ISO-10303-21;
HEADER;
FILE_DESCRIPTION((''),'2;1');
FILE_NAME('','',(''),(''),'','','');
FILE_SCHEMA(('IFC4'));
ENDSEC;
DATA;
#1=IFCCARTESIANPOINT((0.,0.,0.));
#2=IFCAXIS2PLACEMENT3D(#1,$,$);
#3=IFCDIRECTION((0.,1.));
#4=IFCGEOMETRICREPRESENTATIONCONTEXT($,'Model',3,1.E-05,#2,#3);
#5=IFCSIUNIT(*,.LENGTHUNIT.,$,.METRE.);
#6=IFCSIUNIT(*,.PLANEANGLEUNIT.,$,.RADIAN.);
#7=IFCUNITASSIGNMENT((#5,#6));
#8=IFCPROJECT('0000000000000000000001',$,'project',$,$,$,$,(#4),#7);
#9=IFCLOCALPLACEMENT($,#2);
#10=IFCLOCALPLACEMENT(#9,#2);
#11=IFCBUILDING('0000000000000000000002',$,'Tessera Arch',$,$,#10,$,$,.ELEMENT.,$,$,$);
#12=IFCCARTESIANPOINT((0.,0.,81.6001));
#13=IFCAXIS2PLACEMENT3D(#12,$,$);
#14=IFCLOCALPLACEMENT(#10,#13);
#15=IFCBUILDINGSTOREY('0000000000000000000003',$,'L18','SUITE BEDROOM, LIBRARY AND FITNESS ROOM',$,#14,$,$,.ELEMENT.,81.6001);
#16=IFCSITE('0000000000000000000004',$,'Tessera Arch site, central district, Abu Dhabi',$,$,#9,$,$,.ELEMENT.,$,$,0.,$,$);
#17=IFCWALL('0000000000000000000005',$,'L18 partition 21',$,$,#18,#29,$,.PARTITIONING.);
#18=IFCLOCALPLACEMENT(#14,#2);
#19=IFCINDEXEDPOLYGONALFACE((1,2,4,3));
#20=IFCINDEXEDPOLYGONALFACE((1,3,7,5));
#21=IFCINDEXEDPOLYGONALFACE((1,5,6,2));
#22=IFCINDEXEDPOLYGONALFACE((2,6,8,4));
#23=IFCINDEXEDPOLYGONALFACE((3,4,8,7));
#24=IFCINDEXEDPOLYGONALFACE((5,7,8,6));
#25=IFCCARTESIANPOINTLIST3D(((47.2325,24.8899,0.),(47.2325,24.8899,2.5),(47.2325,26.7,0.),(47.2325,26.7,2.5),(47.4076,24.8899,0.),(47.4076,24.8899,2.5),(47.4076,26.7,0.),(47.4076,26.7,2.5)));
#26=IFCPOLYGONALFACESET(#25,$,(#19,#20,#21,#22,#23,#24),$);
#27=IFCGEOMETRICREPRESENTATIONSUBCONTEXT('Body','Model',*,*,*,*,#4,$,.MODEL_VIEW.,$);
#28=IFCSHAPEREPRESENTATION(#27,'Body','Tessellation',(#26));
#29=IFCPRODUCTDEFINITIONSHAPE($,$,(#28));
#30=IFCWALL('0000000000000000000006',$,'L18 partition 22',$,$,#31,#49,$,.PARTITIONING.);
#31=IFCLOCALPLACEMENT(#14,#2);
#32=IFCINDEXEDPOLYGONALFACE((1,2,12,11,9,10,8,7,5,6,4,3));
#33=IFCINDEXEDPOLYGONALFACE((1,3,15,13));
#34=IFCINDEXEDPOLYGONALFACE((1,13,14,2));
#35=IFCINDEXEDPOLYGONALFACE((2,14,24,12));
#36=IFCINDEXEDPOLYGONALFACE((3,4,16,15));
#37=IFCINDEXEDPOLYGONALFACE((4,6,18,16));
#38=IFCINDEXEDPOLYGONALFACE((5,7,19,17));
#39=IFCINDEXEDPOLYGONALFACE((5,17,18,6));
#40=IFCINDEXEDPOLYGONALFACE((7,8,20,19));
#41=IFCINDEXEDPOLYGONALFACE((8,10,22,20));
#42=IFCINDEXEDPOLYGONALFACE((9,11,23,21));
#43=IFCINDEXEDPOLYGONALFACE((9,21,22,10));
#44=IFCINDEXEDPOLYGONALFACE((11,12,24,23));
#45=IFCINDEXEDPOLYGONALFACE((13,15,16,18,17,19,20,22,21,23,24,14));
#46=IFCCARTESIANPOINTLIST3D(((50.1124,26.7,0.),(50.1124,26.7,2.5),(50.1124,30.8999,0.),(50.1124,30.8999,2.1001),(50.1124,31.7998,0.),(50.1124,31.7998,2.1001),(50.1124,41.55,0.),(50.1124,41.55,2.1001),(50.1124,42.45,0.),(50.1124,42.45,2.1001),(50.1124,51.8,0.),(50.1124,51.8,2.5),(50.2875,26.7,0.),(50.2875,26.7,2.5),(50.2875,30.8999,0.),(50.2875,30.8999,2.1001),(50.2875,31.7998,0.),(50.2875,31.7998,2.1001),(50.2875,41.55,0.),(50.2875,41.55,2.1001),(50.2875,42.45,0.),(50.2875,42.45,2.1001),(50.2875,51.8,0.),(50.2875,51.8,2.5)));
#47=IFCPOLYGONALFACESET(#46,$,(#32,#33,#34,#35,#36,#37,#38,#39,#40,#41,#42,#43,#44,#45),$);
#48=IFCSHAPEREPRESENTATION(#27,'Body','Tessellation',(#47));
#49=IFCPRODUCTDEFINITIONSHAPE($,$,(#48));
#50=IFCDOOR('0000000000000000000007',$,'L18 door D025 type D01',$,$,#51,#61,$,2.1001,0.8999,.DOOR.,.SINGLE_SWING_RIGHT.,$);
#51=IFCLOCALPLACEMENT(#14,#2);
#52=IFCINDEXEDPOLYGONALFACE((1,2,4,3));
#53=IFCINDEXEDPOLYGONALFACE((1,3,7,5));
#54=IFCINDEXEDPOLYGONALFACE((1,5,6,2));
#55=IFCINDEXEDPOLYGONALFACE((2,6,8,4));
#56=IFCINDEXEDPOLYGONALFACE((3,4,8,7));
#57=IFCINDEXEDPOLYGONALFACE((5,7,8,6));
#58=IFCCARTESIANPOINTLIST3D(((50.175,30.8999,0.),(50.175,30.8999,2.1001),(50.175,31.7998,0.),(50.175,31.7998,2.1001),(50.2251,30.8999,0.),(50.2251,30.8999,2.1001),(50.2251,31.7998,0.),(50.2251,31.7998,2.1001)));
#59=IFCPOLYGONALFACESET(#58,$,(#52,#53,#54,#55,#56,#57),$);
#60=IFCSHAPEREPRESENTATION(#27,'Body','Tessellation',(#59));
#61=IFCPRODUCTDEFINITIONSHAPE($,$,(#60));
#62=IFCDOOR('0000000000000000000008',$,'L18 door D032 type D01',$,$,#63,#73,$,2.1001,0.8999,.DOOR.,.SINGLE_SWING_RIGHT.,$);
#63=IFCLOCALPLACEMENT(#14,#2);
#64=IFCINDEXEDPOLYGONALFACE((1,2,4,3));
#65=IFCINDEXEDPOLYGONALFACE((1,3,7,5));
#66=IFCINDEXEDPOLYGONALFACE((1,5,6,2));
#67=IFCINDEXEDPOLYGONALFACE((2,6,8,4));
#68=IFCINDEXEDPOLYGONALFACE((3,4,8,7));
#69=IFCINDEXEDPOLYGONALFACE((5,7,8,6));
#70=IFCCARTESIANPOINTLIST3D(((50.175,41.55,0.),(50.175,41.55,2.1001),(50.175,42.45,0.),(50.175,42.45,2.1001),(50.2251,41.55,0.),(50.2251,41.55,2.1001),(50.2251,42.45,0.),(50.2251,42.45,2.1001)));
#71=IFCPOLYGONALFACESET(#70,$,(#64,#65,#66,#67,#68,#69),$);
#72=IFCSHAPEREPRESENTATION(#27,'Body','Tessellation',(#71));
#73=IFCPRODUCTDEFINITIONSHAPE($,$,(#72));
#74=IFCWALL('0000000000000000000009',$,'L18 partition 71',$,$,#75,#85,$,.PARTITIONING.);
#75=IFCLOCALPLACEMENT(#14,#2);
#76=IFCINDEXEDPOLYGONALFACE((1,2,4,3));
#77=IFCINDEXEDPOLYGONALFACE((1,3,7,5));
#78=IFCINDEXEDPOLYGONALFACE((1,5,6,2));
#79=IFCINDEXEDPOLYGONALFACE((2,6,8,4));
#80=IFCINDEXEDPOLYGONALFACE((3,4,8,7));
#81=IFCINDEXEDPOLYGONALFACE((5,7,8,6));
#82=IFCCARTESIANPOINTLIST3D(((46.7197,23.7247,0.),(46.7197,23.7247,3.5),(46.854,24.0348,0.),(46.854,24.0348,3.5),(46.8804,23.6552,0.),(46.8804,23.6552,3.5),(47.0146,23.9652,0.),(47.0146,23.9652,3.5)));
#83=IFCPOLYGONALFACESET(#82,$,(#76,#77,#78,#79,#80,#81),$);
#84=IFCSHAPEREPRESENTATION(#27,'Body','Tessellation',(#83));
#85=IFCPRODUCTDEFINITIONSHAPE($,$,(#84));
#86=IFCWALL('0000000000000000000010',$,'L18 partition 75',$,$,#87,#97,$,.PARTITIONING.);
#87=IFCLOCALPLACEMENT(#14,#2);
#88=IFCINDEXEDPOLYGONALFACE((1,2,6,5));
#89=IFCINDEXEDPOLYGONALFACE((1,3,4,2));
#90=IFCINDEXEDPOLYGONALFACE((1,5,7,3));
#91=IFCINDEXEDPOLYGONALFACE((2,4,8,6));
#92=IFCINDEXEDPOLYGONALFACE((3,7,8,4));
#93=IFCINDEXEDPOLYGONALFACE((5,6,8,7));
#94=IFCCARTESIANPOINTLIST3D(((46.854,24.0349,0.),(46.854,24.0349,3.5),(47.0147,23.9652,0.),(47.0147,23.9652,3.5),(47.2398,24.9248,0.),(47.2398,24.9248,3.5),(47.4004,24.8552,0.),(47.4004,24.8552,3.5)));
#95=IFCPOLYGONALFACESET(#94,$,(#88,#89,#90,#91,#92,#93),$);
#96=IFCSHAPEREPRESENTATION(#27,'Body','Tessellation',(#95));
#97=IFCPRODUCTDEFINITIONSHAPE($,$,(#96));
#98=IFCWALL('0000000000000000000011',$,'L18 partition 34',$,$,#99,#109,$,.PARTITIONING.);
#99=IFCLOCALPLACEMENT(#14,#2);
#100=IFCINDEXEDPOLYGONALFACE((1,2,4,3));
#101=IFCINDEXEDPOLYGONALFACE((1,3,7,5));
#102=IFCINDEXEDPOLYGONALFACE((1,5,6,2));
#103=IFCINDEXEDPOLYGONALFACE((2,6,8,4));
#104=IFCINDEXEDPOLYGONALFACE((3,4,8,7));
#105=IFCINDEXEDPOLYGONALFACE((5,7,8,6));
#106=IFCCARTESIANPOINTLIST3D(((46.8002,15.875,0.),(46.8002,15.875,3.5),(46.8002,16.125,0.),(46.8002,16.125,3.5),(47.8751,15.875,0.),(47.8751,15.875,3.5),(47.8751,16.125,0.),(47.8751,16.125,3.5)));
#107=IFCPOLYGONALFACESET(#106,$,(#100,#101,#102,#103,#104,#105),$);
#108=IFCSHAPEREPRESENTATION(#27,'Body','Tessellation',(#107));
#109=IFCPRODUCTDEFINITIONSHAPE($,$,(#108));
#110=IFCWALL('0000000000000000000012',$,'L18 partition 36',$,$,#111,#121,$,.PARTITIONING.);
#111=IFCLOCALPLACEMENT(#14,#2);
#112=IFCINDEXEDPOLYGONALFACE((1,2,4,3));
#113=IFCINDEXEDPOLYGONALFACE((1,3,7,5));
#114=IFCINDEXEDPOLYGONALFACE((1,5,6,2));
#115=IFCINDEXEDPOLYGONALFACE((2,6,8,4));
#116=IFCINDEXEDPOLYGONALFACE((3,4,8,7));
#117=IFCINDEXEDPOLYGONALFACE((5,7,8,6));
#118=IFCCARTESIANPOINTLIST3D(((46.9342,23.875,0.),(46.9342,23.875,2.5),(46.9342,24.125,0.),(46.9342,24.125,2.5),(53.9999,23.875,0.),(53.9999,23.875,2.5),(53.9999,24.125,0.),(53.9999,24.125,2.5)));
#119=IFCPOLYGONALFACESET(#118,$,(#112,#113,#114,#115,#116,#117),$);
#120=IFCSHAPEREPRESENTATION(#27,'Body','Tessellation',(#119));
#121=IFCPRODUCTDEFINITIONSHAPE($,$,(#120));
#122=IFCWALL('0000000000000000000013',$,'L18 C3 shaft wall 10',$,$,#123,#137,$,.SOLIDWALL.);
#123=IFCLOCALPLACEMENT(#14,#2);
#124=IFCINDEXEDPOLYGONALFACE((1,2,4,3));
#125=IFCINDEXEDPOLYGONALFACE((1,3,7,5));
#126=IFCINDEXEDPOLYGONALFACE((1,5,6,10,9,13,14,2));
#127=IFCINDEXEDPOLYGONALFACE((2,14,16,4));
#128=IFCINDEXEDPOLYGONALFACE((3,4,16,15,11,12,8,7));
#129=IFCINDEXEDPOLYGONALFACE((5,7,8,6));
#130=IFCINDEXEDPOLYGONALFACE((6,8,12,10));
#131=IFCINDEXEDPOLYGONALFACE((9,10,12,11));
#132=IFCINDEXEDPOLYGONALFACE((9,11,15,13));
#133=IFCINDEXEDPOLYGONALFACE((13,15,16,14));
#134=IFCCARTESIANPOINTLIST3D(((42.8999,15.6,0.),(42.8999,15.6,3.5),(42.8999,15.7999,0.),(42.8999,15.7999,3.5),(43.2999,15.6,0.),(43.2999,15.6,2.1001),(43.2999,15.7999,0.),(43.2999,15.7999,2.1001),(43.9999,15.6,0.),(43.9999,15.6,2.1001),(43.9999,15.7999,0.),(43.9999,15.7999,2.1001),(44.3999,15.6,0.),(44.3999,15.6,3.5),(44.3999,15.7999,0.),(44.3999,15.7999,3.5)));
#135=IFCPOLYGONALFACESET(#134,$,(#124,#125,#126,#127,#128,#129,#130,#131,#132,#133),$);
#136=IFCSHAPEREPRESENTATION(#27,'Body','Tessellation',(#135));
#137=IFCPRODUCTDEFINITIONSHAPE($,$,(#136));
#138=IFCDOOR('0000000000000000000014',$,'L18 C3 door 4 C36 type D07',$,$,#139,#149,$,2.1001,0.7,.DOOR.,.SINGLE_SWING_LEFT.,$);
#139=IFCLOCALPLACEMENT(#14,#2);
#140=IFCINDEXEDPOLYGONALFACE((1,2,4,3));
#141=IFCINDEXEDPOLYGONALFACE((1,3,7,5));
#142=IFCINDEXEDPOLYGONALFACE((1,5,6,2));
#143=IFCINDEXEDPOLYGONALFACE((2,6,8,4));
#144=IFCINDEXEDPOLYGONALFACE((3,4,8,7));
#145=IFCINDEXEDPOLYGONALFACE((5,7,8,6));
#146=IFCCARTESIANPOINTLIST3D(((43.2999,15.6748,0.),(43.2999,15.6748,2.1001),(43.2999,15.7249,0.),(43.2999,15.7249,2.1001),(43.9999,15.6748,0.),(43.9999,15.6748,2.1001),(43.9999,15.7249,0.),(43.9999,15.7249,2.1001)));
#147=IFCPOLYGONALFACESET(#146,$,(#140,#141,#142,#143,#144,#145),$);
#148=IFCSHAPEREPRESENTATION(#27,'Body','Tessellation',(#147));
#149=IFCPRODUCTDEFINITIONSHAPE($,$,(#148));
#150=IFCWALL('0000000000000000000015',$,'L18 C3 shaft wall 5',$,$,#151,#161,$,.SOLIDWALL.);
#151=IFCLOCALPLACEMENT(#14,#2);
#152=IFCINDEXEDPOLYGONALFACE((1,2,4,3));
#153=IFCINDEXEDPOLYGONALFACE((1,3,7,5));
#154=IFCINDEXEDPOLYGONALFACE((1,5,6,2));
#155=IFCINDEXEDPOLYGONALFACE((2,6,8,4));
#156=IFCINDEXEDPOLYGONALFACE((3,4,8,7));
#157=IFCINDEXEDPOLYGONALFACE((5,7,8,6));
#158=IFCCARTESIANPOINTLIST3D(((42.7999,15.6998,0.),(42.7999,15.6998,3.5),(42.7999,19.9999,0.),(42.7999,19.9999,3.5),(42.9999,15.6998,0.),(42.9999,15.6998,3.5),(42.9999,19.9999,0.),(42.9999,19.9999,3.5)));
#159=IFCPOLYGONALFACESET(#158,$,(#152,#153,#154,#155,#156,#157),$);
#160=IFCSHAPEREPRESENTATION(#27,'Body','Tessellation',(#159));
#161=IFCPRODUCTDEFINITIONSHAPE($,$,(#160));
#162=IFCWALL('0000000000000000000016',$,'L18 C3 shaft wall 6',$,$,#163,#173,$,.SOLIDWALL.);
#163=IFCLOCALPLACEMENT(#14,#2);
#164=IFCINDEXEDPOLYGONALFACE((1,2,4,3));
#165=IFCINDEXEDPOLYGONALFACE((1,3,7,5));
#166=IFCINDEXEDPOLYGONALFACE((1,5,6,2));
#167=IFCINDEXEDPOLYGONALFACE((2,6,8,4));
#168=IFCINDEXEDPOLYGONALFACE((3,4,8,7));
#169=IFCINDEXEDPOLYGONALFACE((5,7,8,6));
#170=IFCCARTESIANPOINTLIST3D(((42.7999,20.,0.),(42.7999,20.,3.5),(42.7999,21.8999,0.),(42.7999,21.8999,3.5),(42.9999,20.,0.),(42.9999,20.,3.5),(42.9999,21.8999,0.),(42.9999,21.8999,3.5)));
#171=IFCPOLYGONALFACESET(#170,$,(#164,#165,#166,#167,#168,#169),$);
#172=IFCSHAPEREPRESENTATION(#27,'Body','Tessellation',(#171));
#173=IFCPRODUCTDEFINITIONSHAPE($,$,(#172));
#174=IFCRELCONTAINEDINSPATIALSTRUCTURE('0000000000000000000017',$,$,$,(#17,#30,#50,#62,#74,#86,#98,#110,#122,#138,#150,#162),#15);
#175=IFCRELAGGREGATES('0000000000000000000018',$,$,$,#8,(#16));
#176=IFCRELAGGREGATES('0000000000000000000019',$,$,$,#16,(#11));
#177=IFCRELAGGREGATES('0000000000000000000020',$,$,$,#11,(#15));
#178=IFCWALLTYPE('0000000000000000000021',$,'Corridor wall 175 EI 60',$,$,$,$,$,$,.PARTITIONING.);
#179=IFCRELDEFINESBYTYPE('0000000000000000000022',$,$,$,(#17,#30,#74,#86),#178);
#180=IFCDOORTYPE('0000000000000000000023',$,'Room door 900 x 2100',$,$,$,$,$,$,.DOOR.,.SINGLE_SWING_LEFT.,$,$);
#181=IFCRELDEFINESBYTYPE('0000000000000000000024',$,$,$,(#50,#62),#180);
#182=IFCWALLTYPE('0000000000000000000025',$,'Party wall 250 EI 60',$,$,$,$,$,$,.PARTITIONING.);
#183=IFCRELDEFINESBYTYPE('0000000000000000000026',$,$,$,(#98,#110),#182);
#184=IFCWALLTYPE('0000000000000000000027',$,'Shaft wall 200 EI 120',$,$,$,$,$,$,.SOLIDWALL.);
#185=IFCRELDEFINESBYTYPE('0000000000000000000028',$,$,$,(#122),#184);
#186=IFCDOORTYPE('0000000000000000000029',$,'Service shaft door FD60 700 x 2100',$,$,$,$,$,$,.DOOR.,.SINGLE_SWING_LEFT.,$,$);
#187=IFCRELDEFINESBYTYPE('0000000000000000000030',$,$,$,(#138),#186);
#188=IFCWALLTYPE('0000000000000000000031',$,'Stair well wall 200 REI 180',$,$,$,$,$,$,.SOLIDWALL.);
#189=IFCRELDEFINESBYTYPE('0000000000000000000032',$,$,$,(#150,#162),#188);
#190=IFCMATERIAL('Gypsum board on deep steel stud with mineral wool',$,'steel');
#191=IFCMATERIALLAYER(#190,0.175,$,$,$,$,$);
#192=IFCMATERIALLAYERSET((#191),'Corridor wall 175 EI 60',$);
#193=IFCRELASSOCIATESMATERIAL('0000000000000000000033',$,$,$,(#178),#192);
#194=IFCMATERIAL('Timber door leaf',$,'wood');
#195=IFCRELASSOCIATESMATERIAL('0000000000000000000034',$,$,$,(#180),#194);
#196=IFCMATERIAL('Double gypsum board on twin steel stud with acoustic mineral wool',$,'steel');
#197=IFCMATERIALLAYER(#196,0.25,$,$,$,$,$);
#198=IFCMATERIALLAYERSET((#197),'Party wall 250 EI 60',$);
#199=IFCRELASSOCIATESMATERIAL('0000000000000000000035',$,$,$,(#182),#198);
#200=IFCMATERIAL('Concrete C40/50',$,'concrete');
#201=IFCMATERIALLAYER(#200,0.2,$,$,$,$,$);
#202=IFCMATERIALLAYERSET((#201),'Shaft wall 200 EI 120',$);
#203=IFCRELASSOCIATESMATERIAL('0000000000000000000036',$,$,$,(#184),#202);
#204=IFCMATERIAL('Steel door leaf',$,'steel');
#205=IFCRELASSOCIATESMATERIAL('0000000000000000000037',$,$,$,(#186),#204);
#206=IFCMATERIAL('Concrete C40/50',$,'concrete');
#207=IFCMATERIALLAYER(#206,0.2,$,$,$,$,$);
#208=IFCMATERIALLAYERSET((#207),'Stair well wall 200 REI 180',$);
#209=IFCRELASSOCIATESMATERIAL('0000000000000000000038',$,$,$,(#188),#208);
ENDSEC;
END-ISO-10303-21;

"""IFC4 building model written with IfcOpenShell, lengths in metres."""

from ifc_helpers import new_model, si_unit, direction, frame, frame_2d, origin, place, context, subcontext, project, spatial, rectangle, extrude, material, layer, layer_set, type_object, element, fill, save


model = new_model("IFC4")

# Units and contexts
model_context = context("Model", 3, precision=1e-05, world=origin(), true_north=direction((0.0, 1.0)))
body_context = subcontext(model_context, "Body", "Model", "MODEL_VIEW")
ifc_project = project(units=[si_unit("LENGTHUNIT", "METRE"), si_unit("PLANEANGLEUNIT", "RADIAN")], contexts=[model_context])

# Site, building, storey
site_placement = place(None, origin())
site = spatial("IfcSite", under=ifc_project, at=site_placement, Name="Tessera Arch site, central district, Abu Dhabi", CompositionType="ELEMENT", RefElevation=0.0)
building_placement = place(site_placement, origin())
building = spatial("IfcBuilding", under=site, at=building_placement, Name="Tessera Arch", CompositionType="ELEMENT")
storey_placement = place(building_placement, frame((0.0, 0.0, 81.6001)))
storey = spatial("IfcBuildingStorey", under=building, at=storey_placement, Name="L18", Description="SUITE BEDROOM, LIBRARY AND FITNESS ROOM", CompositionType="ELEMENT", Elevation=81.6001)

# Wall
ifc_material_1 = material(Name="Gypsum board on deep steel stud with mineral wool", Category="steel")
ifc_layer_1 = layer(ifc_material_1, 0.175)
ifc_layer_set_1 = layer_set([ifc_layer_1], Name="Corridor wall 175 EI 60")
wall_type_1 = type_object("IfcWallType", Name="Corridor wall 175 EI 60", PredefinedType="PARTITIONING", material=ifc_layer_set_1)
wall_1_placement = place(storey_placement, frame((47.3201, 24.8899, 0.0), z_axis=(0.0, 0.0, 1.0), x_axis=(0.0, 1.0, 0.0)))
element("IfcWall", 1, at=wall_1_placement, inside=storey, type_object=wall_type_1, Name="L18 partition 21", PredefinedType="PARTITIONING", context=body_context, shape_type="SweptSolid", body=[
    extrude(rectangle(XDim=1.8101, YDim=0.175, at=frame_2d((0.905, 0.0))), origin(), (0.0, 0.0, 1.0), 2.5),
])

# Wall, openings, doors
wall_2_placement = place(storey_placement, frame((50.2, 26.7, 0.0), z_axis=(0.0, 0.0, 1.0), x_axis=(0.0, 1.0, 0.0)))
wall_2 = element("IfcWall", 2, at=wall_2_placement, inside=storey, type_object=wall_type_1, Name="L18 partition 22", PredefinedType="PARTITIONING", context=body_context, shape_type="SweptSolid", body=[
    extrude(rectangle(XDim=25.1001, YDim=0.175, at=frame_2d((12.55, 0.0))), origin(), (0.0, 0.0, 1.0), 2.5),
])
opening_1_placement = place(wall_2_placement, frame((4.2, 0.0, 0.0)))
opening_1 = element("IfcOpeningElement", 3, at=opening_1_placement, cuts=wall_2, PredefinedType="OPENING", context=body_context, shape_type="SweptSolid", body=[
    extrude(rectangle(XDim=0.8999, YDim=2.1001, at=frame_2d((0.45, 1.05))), frame((0.0, 0.0974, 0.0), z_axis=(0.0, -1.0, 0.0), x_axis=(1.0, 0.0, 0.0)), (0.0, 0.0, 1.0), 0.1951),
])
opening_2_placement = place(wall_2_placement, frame((14.8501, 0.0, 0.0)))
opening_2 = element("IfcOpeningElement", 4, at=opening_2_placement, cuts=wall_2, PredefinedType="OPENING", context=body_context, shape_type="SweptSolid", body=[
    extrude(rectangle(XDim=0.8999, YDim=2.1001, at=frame_2d((0.45, 1.05))), frame((0.0, 0.0974, 0.0), z_axis=(0.0, -1.0, 0.0), x_axis=(1.0, 0.0, 0.0)), (0.0, 0.0, 1.0), 0.1951),
])
ifc_material_2 = material(Name="Timber door leaf", Category="wood")
door_type_1 = type_object("IfcDoorType", Name="Room door 900 x 2100", OperationType="SINGLE_SWING_LEFT", PredefinedType="DOOR", material=ifc_material_2)
door_1_placement = place(opening_1_placement, origin())
door_1 = element("IfcDoor", 5, at=door_1_placement, inside=storey, type_object=door_type_1, Name="L18 door D025 type D01", OperationType="SINGLE_SWING_RIGHT", OverallHeight=2.1001, OverallWidth=0.8999, PredefinedType="DOOR", context=body_context, shape_type="SweptSolid", body=[
    extrude(rectangle(XDim=0.8999, YDim=2.1001, at=frame_2d((0.45, 1.05))), frame((0.0, 0.0249, 0.0), z_axis=(0.0, -1.0, 0.0), x_axis=(1.0, 0.0, 0.0)), (0.0, 0.0, 1.0), 0.05),
])
fill(opening_1, door_1)
door_2_placement = place(opening_2_placement, origin())
door_2 = element("IfcDoor", 6, at=door_2_placement, inside=storey, type_object=door_type_1, Name="L18 door D032 type D01", OperationType="SINGLE_SWING_RIGHT", OverallHeight=2.1001, OverallWidth=0.8999, PredefinedType="DOOR", context=body_context, shape_type="SweptSolid", body=[
    extrude(rectangle(XDim=0.8999, YDim=2.1001, at=frame_2d((0.45, 1.05))), frame((0.0, 0.0249, 0.0), z_axis=(0.0, -1.0, 0.0), x_axis=(1.0, 0.0, 0.0)), (0.0, 0.0, 1.0), 0.05),
])
fill(opening_2, door_2)

# Walls
wall_3_placement = place(storey_placement, frame((46.9343, 24.0, 0.0), z_axis=(0.0, 0.0, 1.0), x_axis=(-0.397405, -0.917643, 0.0)))
element("IfcWall", 7, at=wall_3_placement, inside=storey, type_object=wall_type_1, Name="L18 partition 71", PredefinedType="PARTITIONING", context=body_context, shape_type="SweptSolid", body=[
    extrude(rectangle(XDim=0.3379, YDim=0.175, at=frame_2d((0.1689, 0.0))), origin(), (0.0, 0.0, 1.0), 3.5),
])
wall_4_placement = place(storey_placement, frame((47.3201, 24.8899, 0.0), z_axis=(0.0, 0.0, 1.0), x_axis=(-0.397713, -0.91751, 0.0)))
element("IfcWall", 8, at=wall_4_placement, inside=storey, type_object=wall_type_1, Name="L18 partition 75", PredefinedType="PARTITIONING", context=body_context, shape_type="SweptSolid", body=[
    extrude(rectangle(XDim=0.97, YDim=0.175, at=frame_2d((0.4849, 0.0))), origin(), (0.0, 0.0, 1.0), 3.5),
])
ifc_material_3 = material(Name="Double gypsum board on twin steel stud with acoustic mineral wool", Category="steel")
ifc_layer_2 = layer(ifc_material_3, 0.25)
ifc_layer_set_2 = layer_set([ifc_layer_2], Name="Party wall 250 EI 60")
wall_type_2 = type_object("IfcWallType", Name="Party wall 250 EI 60", PredefinedType="PARTITIONING", material=ifc_layer_set_2)
wall_5_placement = place(storey_placement, frame((46.8, 16.0, 0.0), z_axis=(0.0, 0.0, 1.0), x_axis=(1.0, 0.0, 0.0)))
element("IfcWall", 9, at=wall_5_placement, inside=storey, type_object=wall_type_2, Name="L18 partition 34", PredefinedType="PARTITIONING", context=body_context, shape_type="SweptSolid", body=[
    extrude(rectangle(XDim=1.075, YDim=0.25, at=frame_2d((0.5376, 0.0))), origin(), (0.0, 0.0, 1.0), 3.5),
])
wall_6_placement = place(storey_placement, frame((46.9343, 24.0, 0.0), z_axis=(0.0, 0.0, 1.0), x_axis=(1.0, 0.0, 0.0)))
element("IfcWall", 10, at=wall_6_placement, inside=storey, type_object=wall_type_2, Name="L18 partition 36", PredefinedType="PARTITIONING", context=body_context, shape_type="SweptSolid", body=[
    extrude(rectangle(XDim=7.0657, YDim=0.25, at=frame_2d((3.5327, 0.0))), origin(), (0.0, 0.0, 1.0), 2.5),
])

# Wall, opening, door
ifc_material_4 = material(Name="Concrete C40/50", Category="concrete")
ifc_layer_3 = layer(ifc_material_4, 0.2)
ifc_layer_set_3 = layer_set([ifc_layer_3], Name="Shaft wall 200 EI 120")
wall_type_3 = type_object("IfcWallType", Name="Shaft wall 200 EI 120", PredefinedType="SOLIDWALL", material=ifc_layer_set_3)
wall_7_placement = place(storey_placement, frame((42.8999, 15.7, 0.0), z_axis=(0.0, 0.0, 1.0), x_axis=(1.0, 0.0, 0.0)))
wall_7 = element("IfcWall", 11, at=wall_7_placement, inside=storey, type_object=wall_type_3, Name="L18 C3 shaft wall 10", PredefinedType="SOLIDWALL", context=body_context, shape_type="SweptSolid", body=[
    extrude(rectangle(XDim=1.5, YDim=0.2, at=frame_2d((0.75, 0.0))), origin(), (0.0, 0.0, 1.0), 3.5),
])
opening_3_placement = place(wall_7_placement, frame((0.3999, 0.0, 0.0)))
opening_3 = element("IfcOpeningElement", 12, at=opening_3_placement, cuts=wall_7, PredefinedType="OPENING", context=body_context, shape_type="SweptSolid", body=[
    extrude(rectangle(XDim=0.7, YDim=2.1001, at=frame_2d((0.3501, 1.05))), frame((0.0, 0.1099, 0.0), z_axis=(0.0, -1.0, 0.0), x_axis=(1.0, 0.0, 0.0)), (0.0, 0.0, 1.0), 0.22),
])
ifc_material_5 = material(Name="Steel door leaf", Category="steel")
door_type_2 = type_object("IfcDoorType", Name="Service shaft door FD60 700 x 2100", OperationType="SINGLE_SWING_LEFT", PredefinedType="DOOR", material=ifc_material_5)
door_3_placement = place(opening_3_placement, origin())
door_3 = element("IfcDoor", 13, at=door_3_placement, inside=storey, type_object=door_type_2, Name="L18 C3 door 4 C36 type D07", OperationType="SINGLE_SWING_LEFT", OverallHeight=2.1001, OverallWidth=0.7, PredefinedType="DOOR", context=body_context, shape_type="SweptSolid", body=[
    extrude(rectangle(XDim=0.7, YDim=2.1001, at=frame_2d((0.3501, 1.05))), frame((0.0, 0.0249, 0.0), z_axis=(0.0, -1.0, 0.0), x_axis=(1.0, 0.0, 0.0)), (0.0, 0.0, 1.0), 0.05),
])
fill(opening_3, door_3)

# Walls
ifc_material_6 = material(Name="Concrete C40/50", Category="concrete")
ifc_layer_4 = layer(ifc_material_6, 0.2)
ifc_layer_set_4 = layer_set([ifc_layer_4], Name="Stair well wall 200 REI 180")
wall_type_4 = type_object("IfcWallType", Name="Stair well wall 200 REI 180", PredefinedType="SOLIDWALL", material=ifc_layer_set_4)
wall_8_placement = place(storey_placement, frame((42.8999, 15.7, 0.0), z_axis=(0.0, 0.0, 1.0), x_axis=(0.0, 1.0, 0.0)))
element("IfcWall", 14, at=wall_8_placement, inside=storey, type_object=wall_type_4, Name="L18 C3 shaft wall 5", PredefinedType="SOLIDWALL", context=body_context, shape_type="SweptSolid", body=[
    extrude(rectangle(XDim=4.3, YDim=0.2, at=frame_2d((2.1499, 0.0))), origin(), (0.0, 0.0, 1.0), 3.5),
])
wall_9_placement = place(storey_placement, frame((42.8999, 20.0, 0.0), z_axis=(0.0, 0.0, 1.0), x_axis=(0.0, 1.0, 0.0)))
element("IfcWall", 15, at=wall_9_placement, inside=storey, type_object=wall_type_4, Name="L18 C3 shaft wall 6", PredefinedType="SOLIDWALL", context=body_context, shape_type="SweptSolid", body=[
    extrude(rectangle(XDim=1.8999, YDim=0.2, at=frame_2d((0.95, 0.0))), origin(), (0.0, 0.0, 1.0), 3.5),
])

save(model, "model.ifc")
